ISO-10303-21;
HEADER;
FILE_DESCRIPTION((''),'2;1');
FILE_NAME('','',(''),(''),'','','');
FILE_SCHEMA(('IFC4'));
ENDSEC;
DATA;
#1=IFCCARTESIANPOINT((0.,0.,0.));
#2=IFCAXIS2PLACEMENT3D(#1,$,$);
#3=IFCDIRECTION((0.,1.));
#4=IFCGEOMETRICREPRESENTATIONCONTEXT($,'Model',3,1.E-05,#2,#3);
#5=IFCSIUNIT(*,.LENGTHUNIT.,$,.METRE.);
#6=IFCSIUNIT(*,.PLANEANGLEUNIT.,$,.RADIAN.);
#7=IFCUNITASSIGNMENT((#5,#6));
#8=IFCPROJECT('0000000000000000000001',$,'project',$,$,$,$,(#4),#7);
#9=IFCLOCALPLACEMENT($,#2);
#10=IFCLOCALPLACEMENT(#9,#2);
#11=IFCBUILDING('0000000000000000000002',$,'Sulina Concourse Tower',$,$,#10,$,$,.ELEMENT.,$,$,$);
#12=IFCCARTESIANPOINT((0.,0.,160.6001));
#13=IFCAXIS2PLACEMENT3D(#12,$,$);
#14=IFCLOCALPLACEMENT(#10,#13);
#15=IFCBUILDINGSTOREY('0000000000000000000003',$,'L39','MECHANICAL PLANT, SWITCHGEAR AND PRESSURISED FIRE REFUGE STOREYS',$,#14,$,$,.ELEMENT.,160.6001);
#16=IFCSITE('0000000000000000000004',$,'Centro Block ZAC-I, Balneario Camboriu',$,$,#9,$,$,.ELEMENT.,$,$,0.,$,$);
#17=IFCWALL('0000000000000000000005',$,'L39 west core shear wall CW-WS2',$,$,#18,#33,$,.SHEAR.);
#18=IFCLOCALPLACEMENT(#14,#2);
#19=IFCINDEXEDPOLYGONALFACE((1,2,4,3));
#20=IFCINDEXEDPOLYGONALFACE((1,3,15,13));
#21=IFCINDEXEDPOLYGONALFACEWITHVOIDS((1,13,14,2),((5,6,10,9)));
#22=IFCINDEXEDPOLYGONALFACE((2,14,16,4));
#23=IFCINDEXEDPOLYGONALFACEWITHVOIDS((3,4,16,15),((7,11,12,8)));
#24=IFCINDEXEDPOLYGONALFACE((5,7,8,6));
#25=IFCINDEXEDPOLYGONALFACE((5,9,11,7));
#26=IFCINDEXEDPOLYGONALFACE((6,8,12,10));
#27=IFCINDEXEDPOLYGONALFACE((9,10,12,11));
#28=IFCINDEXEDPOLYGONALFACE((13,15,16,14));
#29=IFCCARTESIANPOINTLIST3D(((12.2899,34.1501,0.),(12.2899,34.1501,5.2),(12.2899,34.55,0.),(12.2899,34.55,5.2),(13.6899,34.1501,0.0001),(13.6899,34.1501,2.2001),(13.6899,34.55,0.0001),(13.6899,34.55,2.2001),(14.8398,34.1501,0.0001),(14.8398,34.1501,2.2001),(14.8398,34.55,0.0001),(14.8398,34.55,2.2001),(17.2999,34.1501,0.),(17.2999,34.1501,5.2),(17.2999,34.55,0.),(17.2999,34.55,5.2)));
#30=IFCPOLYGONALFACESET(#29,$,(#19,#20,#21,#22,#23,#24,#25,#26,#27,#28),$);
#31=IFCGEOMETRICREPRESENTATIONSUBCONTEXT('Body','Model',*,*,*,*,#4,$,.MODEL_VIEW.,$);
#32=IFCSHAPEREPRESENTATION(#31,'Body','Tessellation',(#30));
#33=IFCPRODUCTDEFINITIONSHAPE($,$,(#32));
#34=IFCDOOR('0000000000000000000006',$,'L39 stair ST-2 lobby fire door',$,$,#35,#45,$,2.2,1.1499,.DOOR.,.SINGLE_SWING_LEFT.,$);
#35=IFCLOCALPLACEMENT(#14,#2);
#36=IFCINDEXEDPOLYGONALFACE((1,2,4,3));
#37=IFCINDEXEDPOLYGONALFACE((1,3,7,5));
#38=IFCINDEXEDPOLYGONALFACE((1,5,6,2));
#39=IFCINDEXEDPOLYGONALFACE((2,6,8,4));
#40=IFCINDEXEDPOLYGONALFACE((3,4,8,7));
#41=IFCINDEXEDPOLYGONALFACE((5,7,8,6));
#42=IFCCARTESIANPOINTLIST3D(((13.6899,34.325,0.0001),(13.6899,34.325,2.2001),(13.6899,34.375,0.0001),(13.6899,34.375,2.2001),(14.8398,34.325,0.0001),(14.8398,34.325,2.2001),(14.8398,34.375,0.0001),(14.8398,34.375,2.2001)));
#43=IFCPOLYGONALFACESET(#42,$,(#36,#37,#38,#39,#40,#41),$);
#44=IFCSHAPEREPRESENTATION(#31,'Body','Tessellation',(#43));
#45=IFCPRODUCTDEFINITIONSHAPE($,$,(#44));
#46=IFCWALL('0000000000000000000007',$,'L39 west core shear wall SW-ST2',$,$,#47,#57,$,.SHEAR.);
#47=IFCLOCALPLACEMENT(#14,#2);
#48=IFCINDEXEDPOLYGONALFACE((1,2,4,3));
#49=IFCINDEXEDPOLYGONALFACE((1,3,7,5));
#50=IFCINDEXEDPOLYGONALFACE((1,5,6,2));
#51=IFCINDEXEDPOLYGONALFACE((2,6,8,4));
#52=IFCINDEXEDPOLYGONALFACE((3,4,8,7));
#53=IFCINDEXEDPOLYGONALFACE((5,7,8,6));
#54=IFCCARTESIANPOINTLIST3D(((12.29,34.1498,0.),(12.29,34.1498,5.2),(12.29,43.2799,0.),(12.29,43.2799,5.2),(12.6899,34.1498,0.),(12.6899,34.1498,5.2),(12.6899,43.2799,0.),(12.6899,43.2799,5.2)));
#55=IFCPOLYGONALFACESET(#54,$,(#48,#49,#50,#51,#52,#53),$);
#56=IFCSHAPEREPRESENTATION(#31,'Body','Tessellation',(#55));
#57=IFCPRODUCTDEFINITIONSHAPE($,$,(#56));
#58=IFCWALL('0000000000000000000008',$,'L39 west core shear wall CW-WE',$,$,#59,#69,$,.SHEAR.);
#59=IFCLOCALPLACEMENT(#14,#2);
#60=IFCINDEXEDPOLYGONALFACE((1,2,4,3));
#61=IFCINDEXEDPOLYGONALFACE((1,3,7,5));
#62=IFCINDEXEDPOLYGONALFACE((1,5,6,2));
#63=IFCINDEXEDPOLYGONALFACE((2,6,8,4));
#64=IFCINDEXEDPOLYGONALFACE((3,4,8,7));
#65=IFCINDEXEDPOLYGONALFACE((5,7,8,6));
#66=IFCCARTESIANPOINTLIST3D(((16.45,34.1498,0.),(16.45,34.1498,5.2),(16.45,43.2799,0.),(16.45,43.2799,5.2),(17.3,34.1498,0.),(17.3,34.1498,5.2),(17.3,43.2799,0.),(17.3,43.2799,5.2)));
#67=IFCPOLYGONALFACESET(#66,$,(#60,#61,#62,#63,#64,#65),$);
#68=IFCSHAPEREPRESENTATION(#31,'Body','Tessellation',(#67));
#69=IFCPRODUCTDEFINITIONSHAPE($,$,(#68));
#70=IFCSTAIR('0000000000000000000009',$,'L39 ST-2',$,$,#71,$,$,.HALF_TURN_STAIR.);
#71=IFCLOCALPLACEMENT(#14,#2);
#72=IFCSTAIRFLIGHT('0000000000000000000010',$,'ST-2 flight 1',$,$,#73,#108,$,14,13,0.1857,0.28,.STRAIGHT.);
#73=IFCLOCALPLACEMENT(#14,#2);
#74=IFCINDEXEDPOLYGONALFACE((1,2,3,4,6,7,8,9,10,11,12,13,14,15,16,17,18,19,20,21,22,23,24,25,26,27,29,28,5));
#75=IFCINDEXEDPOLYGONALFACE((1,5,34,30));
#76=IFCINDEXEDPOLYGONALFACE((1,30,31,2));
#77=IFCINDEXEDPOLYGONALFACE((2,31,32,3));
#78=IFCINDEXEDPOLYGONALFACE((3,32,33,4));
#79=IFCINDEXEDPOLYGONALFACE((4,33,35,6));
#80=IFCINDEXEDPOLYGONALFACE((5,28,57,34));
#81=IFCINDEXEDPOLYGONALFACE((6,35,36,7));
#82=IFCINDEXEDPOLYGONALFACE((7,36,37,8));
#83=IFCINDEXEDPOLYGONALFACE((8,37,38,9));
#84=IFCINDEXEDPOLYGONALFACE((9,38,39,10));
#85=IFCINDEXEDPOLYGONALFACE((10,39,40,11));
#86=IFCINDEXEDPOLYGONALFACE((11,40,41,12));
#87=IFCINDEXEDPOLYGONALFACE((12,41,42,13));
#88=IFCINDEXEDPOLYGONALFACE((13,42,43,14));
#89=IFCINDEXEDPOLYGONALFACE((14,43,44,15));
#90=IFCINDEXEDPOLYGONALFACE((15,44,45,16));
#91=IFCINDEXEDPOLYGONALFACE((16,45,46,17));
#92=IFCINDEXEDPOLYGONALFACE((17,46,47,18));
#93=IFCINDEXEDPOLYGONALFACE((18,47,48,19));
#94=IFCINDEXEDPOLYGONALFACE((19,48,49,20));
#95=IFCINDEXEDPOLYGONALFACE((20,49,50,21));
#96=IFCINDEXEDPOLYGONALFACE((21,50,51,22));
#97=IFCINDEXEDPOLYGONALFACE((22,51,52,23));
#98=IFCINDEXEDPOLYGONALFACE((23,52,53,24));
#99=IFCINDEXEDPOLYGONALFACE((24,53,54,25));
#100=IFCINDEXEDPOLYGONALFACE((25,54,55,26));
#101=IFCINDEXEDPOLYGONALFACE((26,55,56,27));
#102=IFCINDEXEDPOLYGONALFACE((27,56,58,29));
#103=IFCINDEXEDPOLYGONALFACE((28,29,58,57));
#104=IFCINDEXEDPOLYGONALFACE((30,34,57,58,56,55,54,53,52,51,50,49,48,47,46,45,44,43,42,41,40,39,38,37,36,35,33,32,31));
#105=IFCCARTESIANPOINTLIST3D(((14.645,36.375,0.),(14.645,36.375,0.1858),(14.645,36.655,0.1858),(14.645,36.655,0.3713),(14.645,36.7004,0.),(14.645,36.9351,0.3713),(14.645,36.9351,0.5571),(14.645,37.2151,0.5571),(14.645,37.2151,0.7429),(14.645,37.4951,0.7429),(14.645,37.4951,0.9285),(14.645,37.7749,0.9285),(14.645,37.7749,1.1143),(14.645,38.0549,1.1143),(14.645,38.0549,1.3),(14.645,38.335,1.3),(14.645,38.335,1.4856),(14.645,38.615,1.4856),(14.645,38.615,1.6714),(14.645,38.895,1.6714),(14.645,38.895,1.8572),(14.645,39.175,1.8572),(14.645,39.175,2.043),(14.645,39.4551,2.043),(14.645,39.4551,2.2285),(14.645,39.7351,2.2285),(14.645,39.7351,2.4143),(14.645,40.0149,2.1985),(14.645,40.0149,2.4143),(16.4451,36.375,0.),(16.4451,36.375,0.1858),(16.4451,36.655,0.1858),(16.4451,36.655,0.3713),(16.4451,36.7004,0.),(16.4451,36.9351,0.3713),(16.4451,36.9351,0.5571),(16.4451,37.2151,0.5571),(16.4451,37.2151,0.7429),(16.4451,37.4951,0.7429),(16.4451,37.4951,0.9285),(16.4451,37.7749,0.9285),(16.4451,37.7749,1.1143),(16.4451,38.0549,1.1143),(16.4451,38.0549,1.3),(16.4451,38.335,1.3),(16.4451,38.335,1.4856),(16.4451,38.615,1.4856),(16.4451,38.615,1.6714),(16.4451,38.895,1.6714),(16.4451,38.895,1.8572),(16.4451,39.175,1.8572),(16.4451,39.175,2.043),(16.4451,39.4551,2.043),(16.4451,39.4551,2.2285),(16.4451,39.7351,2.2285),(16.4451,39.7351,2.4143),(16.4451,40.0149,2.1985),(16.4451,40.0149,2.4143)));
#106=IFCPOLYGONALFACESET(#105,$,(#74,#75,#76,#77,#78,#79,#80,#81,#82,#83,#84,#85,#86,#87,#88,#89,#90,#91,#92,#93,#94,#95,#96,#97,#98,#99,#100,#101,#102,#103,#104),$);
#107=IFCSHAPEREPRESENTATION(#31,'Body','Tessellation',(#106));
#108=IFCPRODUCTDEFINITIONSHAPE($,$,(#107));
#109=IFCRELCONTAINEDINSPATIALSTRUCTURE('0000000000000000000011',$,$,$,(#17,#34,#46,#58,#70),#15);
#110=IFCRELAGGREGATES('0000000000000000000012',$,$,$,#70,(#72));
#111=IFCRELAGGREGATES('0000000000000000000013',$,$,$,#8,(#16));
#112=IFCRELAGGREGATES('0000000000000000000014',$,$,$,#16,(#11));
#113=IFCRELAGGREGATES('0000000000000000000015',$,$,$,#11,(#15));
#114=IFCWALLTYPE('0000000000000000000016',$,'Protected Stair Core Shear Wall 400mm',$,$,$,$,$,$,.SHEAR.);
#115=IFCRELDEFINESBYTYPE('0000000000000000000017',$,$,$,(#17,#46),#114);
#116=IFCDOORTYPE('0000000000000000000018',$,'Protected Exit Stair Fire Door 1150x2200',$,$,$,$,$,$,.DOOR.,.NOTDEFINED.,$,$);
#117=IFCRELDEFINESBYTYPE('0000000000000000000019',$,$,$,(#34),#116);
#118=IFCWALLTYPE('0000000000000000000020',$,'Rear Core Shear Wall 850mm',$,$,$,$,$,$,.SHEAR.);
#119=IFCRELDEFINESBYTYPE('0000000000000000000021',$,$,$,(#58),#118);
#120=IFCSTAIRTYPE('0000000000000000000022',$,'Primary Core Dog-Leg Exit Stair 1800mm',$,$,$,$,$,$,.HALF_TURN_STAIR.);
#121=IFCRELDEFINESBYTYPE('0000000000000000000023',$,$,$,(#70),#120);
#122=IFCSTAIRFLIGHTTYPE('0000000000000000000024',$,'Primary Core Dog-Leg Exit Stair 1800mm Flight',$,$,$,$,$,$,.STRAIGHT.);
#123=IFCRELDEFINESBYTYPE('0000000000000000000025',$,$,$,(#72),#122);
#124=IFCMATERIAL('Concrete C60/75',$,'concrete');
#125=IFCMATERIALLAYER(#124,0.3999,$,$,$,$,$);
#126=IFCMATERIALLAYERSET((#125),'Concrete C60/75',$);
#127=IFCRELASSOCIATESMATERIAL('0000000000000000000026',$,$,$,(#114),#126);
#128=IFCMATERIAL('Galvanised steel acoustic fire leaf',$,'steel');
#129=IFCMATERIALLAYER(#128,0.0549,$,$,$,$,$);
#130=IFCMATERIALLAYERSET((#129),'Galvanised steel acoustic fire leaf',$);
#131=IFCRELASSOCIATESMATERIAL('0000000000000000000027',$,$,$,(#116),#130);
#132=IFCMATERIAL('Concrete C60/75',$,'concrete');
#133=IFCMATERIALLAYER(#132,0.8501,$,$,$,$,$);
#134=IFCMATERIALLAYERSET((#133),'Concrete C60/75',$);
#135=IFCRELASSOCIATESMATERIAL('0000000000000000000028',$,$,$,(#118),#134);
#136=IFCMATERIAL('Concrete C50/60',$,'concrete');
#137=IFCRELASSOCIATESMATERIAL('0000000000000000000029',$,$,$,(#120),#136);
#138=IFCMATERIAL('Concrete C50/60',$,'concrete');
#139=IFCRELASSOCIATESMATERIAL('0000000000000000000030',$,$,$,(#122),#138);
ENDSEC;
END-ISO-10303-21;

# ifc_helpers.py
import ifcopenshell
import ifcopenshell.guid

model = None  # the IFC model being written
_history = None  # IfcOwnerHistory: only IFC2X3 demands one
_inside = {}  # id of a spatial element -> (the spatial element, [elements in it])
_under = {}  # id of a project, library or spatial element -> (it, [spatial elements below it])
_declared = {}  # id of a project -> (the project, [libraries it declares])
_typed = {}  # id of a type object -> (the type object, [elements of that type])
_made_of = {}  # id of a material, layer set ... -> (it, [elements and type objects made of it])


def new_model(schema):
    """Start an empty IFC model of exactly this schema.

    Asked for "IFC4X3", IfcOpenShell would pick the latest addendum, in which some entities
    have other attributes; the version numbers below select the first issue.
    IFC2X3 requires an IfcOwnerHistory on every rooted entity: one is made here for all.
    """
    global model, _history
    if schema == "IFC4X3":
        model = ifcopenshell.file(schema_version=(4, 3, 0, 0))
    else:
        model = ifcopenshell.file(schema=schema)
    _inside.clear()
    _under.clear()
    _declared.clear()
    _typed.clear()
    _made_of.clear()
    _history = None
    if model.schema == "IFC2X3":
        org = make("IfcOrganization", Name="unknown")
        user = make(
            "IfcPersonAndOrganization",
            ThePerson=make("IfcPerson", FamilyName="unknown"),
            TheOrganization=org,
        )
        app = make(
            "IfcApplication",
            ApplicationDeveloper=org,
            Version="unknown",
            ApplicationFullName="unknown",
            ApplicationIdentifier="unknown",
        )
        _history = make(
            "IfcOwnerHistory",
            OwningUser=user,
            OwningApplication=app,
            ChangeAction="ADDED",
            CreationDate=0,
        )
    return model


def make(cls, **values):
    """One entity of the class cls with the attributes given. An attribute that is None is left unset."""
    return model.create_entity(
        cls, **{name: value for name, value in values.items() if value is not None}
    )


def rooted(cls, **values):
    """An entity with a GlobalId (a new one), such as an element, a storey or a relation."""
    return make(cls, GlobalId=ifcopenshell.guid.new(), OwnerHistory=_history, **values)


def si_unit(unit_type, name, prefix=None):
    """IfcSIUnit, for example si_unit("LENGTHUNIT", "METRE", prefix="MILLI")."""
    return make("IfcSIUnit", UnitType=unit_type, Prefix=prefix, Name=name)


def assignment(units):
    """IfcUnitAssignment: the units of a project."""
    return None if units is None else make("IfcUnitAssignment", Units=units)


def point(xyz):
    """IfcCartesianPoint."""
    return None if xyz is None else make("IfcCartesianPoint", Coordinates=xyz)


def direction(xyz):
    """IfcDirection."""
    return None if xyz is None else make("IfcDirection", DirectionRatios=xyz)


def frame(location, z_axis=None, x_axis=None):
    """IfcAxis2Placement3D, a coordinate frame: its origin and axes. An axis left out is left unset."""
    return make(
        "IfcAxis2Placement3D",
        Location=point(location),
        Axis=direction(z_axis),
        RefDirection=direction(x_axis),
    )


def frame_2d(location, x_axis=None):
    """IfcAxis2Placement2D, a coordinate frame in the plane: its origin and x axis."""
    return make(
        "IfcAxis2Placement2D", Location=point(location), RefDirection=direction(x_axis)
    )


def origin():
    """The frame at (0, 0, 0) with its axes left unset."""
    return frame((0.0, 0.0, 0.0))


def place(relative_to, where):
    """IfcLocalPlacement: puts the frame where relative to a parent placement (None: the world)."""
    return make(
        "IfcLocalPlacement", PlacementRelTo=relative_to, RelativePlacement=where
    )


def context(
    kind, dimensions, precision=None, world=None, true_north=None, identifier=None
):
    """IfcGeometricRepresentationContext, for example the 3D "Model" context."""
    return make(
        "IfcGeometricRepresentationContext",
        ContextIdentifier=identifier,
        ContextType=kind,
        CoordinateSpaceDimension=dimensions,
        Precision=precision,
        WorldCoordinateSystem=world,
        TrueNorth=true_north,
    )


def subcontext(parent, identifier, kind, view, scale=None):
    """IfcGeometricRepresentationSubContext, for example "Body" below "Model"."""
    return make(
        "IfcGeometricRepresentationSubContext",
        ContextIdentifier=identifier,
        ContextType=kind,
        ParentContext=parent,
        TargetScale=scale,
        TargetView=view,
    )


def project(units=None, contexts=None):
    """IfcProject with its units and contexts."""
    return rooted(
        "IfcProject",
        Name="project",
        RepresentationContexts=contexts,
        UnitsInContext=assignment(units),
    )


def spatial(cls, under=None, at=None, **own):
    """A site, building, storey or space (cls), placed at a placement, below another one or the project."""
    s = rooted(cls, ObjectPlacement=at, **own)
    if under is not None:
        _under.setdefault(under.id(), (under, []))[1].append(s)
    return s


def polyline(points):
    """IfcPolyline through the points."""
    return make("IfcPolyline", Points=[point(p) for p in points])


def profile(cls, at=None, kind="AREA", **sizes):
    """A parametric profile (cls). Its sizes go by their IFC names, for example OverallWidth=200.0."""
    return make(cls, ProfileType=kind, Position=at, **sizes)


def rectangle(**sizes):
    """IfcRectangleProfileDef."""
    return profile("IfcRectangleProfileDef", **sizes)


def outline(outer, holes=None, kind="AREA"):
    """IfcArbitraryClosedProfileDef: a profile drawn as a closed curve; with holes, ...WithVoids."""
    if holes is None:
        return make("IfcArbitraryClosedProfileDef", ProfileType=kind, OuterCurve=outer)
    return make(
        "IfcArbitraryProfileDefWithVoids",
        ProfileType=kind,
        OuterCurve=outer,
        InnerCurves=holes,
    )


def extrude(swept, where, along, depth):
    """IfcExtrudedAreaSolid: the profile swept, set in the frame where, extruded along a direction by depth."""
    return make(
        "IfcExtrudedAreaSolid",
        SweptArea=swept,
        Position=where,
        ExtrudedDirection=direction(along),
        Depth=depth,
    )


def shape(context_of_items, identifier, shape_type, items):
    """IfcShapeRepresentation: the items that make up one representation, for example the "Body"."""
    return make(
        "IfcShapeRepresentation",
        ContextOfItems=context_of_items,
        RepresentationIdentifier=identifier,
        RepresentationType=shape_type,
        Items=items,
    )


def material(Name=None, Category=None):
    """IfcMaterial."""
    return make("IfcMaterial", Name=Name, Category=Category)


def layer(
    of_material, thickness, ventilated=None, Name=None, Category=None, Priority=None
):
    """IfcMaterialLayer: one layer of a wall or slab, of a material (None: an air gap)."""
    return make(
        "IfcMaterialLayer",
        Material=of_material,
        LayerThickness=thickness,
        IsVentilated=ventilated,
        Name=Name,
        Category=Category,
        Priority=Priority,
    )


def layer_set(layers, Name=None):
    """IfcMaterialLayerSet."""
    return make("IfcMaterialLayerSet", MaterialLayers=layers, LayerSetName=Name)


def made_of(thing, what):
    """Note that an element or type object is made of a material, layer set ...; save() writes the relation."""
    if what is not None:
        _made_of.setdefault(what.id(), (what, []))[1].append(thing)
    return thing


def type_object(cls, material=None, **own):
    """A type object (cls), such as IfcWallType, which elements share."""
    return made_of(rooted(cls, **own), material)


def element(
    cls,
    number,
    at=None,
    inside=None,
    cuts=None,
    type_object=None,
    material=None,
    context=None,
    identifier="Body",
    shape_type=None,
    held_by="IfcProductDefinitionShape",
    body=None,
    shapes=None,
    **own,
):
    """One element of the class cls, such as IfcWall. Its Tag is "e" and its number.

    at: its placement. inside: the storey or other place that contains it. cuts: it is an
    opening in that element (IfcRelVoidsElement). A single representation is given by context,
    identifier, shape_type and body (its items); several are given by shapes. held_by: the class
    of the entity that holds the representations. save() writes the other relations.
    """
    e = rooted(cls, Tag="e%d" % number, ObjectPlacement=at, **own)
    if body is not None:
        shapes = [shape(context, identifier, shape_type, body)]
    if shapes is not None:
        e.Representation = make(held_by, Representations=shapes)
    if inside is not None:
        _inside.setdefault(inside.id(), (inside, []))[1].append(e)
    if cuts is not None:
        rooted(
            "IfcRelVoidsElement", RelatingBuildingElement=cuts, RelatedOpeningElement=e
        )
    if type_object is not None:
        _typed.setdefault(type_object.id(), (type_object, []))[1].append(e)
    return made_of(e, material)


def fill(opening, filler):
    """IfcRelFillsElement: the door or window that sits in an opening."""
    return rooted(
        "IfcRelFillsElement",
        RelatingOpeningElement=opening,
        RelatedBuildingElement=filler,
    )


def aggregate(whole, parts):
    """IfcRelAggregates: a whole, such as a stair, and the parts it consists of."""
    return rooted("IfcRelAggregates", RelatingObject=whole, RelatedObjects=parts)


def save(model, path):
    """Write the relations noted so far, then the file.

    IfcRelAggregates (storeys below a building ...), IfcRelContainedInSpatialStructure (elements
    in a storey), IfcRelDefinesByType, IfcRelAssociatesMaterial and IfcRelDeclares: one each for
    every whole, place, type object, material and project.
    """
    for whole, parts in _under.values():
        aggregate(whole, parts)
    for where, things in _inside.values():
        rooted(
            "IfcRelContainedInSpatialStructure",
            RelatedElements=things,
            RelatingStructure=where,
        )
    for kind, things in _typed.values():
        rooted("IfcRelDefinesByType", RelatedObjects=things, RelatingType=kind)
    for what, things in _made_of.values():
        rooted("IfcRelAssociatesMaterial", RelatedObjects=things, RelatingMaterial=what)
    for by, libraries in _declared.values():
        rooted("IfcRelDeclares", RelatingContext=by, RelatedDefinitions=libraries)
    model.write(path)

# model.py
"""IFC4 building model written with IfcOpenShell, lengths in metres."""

from ifc_helpers import new_model, si_unit, direction, frame, frame_2d, origin, place, context, subcontext, project, spatial, polyline, rectangle, outline, extrude, material, layer, layer_set, type_object, element, fill, aggregate, save


model = new_model("IFC4")

# Units and contexts
model_context = context("Model", 3, precision=1e-05, world=origin(), true_north=direction((0.0, 1.0)))
body_context = subcontext(model_context, "Body", "Model", "MODEL_VIEW")
ifc_project = project(units=[si_unit("LENGTHUNIT", "METRE"), si_unit("PLANEANGLEUNIT", "RADIAN")], contexts=[model_context])

# Site, building, storey
site_placement = place(None, origin())
site = spatial("IfcSite", under=ifc_project, at=site_placement, Name="Centro Block ZAC-I, Balneario Camboriu", CompositionType="ELEMENT", RefElevation=0.0)
building_placement = place(site_placement, origin())
building = spatial("IfcBuilding", under=site, at=building_placement, Name="Sulina Concourse Tower", CompositionType="ELEMENT")
storey_placement = place(building_placement, frame((0.0, 0.0, 160.6001)))
storey = spatial("IfcBuildingStorey", under=building, at=storey_placement, Name="L39", Description="MECHANICAL PLANT, SWITCHGEAR AND PRESSURISED FIRE REFUGE STOREYS", CompositionType="ELEMENT", Elevation=160.6001)

# Wall, opening, door
ifc_material_1 = material(Name="Concrete C60/75", Category="concrete")
ifc_layer_1 = layer(ifc_material_1, 0.3999)
ifc_layer_set_1 = layer_set([ifc_layer_1], Name="Concrete C60/75")
wall_type_1 = type_object("IfcWallType", Name="Protected Stair Core Shear Wall 400mm", PredefinedType="SHEAR", material=ifc_layer_set_1)
wall_1_placement = place(storey_placement, frame((12.29, 34.3501, 0.0), z_axis=(0.0, 0.0, 1.0), x_axis=(1.0, 0.0, 0.0)))
wall_1 = element("IfcWall", 1, at=wall_1_placement, inside=storey, type_object=wall_type_1, Name="L39 west core shear wall CW-WS2", PredefinedType="SHEAR", context=body_context, shape_type="SweptSolid", body=[
    extrude(rectangle(XDim=5.01, YDim=0.3999, at=frame_2d((2.5049, 0.0))), origin(), (0.0, 0.0, 1.0), 5.2),
])
opening_1_placement = place(wall_1_placement, frame((1.3999, 0.0, 0.0)))
opening_1 = element("IfcOpeningElement", 2, at=opening_1_placement, cuts=wall_1, PredefinedType="OPENING", context=body_context, shape_type="SweptSolid", body=[
    extrude(rectangle(XDim=1.1499, YDim=2.2, at=frame_2d((0.575, 1.1001))), frame((0.0, 0.21, 0.0), z_axis=(0.0, -1.0, 0.0), x_axis=(1.0, 0.0, 0.0)), (0.0, 0.0, 1.0), 0.4199),
])
ifc_material_2 = material(Name="Galvanised steel acoustic fire leaf", Category="steel")
ifc_layer_2 = layer(ifc_material_2, 0.0549)
ifc_layer_set_2 = layer_set([ifc_layer_2], Name="Galvanised steel acoustic fire leaf")
door_type_1 = type_object("IfcDoorType", Name="Protected Exit Stair Fire Door 1150x2200", OperationType="NOTDEFINED", PredefinedType="DOOR", material=ifc_layer_set_2)
door_1_placement = place(opening_1_placement, origin())
door_1 = element("IfcDoor", 3, at=door_1_placement, inside=storey, type_object=door_type_1, Name="L39 stair ST-2 lobby fire door", OperationType="SINGLE_SWING_LEFT", OverallHeight=2.2, OverallWidth=1.1499, PredefinedType="DOOR", context=body_context, shape_type="SweptSolid", body=[
    extrude(rectangle(XDim=1.1499, YDim=2.2, at=frame_2d((0.575, 1.1001))), frame((0.0, 0.0249, 0.0), z_axis=(0.0, -1.0, 0.0), x_axis=(1.0, 0.0, 0.0)), (0.0, 0.0, 1.0), 0.05),
])
fill(opening_1, door_1)

# Walls
wall_2_placement = place(storey_placement, frame((12.49, 34.1499, 0.0), z_axis=(0.0, 0.0, 1.0), x_axis=(0.0, 1.0, 0.0)))
element("IfcWall", 4, at=wall_2_placement, inside=storey, type_object=wall_type_1, Name="L39 west core shear wall SW-ST2", PredefinedType="SHEAR", context=body_context, shape_type="SweptSolid", body=[
    extrude(rectangle(XDim=9.1301, YDim=0.3999, at=frame_2d((4.5649, 0.0))), origin(), (0.0, 0.0, 1.0), 5.2),
])
ifc_material_3 = material(Name="Concrete C60/75", Category="concrete")
ifc_layer_3 = layer(ifc_material_3, 0.8501)
ifc_layer_set_3 = layer_set([ifc_layer_3], Name="Concrete C60/75")
wall_type_2 = type_object("IfcWallType", Name="Rear Core Shear Wall 850mm", PredefinedType="SHEAR", material=ifc_layer_set_3)
wall_3_placement = place(storey_placement, frame((16.875, 34.1499, 0.0), z_axis=(0.0, 0.0, 1.0), x_axis=(0.0, 1.0, 0.0)))
element("IfcWall", 5, at=wall_3_placement, inside=storey, type_object=wall_type_2, Name="L39 west core shear wall CW-WE", PredefinedType="SHEAR", context=body_context, shape_type="SweptSolid", body=[
    extrude(rectangle(XDim=9.1301, YDim=0.8501, at=frame_2d((4.5649, 0.0))), origin(), (0.0, 0.0, 1.0), 5.2),
])

# Stair, stair flight
ifc_material_4 = material(Name="Concrete C50/60", Category="concrete")
stair_type = type_object("IfcStairType", Name="Primary Core Dog-Leg Exit Stair 1800mm", PredefinedType="HALF_TURN_STAIR", material=ifc_material_4)
stair_placement = place(storey_placement, origin())
stair = element("IfcStair", 6, at=stair_placement, inside=storey, type_object=stair_type, Name="L39 ST-2", PredefinedType="HALF_TURN_STAIR")
ifc_material_5 = material(Name="Concrete C50/60", Category="concrete")
stair_flight_type = type_object("IfcStairFlightType", Name="Primary Core Dog-Leg Exit Stair 1800mm Flight", PredefinedType="STRAIGHT", material=ifc_material_5)
stair_flight_placement = place(storey_placement, frame((15.5449, 36.375, 0.0), z_axis=(0.0, 0.0, 1.0), x_axis=(0.0, 1.0, 0.0)))
stair_flight = element("IfcStairFlight", 7, at=stair_flight_placement, type_object=stair_flight_type, Name="ST-2 flight 1", NumberOfRisers=14, NumberOfTreads=13, PredefinedType="STRAIGHT", RiserHeight=0.1857, TreadLength=0.28, context=body_context, shape_type="SweptSolid", body=[
    extrude(outline(polyline([(0.0, 0.0), (0.0, 0.1858), (0.28, 0.1858), (0.28, 0.3713), (0.5601, 0.3713), (0.5601, 0.5571), (0.8401, 0.5571), (0.8401, 0.7429), (1.1201, 0.7429), (1.1201, 0.9285), (1.3999, 0.9285), (1.3999, 1.1143), (1.6799, 1.1143), (1.6799, 1.3), (1.96, 1.3), (1.96, 1.4856), (2.24, 1.4856), (2.24, 1.6714), (2.52, 1.6714), (2.52, 1.8572), (2.8, 1.8572), (2.8, 2.043), (3.0801, 2.043), (3.0801, 2.2285), (3.3601, 2.2285), (3.3601, 2.4143), (3.6399, 2.4143), (3.6399, 2.6001), (3.6399, 2.1985), (0.3254, 0.0), (0.0, 0.0)])), frame((0.0, 0.8999, 0.0), z_axis=(0.0, -1.0, 0.0), x_axis=(1.0, 0.0, 0.0)), (0.0, 0.0, 1.0), 1.8),
])
aggregate(stair, [stair_flight])

save(model, "model.ifc")
